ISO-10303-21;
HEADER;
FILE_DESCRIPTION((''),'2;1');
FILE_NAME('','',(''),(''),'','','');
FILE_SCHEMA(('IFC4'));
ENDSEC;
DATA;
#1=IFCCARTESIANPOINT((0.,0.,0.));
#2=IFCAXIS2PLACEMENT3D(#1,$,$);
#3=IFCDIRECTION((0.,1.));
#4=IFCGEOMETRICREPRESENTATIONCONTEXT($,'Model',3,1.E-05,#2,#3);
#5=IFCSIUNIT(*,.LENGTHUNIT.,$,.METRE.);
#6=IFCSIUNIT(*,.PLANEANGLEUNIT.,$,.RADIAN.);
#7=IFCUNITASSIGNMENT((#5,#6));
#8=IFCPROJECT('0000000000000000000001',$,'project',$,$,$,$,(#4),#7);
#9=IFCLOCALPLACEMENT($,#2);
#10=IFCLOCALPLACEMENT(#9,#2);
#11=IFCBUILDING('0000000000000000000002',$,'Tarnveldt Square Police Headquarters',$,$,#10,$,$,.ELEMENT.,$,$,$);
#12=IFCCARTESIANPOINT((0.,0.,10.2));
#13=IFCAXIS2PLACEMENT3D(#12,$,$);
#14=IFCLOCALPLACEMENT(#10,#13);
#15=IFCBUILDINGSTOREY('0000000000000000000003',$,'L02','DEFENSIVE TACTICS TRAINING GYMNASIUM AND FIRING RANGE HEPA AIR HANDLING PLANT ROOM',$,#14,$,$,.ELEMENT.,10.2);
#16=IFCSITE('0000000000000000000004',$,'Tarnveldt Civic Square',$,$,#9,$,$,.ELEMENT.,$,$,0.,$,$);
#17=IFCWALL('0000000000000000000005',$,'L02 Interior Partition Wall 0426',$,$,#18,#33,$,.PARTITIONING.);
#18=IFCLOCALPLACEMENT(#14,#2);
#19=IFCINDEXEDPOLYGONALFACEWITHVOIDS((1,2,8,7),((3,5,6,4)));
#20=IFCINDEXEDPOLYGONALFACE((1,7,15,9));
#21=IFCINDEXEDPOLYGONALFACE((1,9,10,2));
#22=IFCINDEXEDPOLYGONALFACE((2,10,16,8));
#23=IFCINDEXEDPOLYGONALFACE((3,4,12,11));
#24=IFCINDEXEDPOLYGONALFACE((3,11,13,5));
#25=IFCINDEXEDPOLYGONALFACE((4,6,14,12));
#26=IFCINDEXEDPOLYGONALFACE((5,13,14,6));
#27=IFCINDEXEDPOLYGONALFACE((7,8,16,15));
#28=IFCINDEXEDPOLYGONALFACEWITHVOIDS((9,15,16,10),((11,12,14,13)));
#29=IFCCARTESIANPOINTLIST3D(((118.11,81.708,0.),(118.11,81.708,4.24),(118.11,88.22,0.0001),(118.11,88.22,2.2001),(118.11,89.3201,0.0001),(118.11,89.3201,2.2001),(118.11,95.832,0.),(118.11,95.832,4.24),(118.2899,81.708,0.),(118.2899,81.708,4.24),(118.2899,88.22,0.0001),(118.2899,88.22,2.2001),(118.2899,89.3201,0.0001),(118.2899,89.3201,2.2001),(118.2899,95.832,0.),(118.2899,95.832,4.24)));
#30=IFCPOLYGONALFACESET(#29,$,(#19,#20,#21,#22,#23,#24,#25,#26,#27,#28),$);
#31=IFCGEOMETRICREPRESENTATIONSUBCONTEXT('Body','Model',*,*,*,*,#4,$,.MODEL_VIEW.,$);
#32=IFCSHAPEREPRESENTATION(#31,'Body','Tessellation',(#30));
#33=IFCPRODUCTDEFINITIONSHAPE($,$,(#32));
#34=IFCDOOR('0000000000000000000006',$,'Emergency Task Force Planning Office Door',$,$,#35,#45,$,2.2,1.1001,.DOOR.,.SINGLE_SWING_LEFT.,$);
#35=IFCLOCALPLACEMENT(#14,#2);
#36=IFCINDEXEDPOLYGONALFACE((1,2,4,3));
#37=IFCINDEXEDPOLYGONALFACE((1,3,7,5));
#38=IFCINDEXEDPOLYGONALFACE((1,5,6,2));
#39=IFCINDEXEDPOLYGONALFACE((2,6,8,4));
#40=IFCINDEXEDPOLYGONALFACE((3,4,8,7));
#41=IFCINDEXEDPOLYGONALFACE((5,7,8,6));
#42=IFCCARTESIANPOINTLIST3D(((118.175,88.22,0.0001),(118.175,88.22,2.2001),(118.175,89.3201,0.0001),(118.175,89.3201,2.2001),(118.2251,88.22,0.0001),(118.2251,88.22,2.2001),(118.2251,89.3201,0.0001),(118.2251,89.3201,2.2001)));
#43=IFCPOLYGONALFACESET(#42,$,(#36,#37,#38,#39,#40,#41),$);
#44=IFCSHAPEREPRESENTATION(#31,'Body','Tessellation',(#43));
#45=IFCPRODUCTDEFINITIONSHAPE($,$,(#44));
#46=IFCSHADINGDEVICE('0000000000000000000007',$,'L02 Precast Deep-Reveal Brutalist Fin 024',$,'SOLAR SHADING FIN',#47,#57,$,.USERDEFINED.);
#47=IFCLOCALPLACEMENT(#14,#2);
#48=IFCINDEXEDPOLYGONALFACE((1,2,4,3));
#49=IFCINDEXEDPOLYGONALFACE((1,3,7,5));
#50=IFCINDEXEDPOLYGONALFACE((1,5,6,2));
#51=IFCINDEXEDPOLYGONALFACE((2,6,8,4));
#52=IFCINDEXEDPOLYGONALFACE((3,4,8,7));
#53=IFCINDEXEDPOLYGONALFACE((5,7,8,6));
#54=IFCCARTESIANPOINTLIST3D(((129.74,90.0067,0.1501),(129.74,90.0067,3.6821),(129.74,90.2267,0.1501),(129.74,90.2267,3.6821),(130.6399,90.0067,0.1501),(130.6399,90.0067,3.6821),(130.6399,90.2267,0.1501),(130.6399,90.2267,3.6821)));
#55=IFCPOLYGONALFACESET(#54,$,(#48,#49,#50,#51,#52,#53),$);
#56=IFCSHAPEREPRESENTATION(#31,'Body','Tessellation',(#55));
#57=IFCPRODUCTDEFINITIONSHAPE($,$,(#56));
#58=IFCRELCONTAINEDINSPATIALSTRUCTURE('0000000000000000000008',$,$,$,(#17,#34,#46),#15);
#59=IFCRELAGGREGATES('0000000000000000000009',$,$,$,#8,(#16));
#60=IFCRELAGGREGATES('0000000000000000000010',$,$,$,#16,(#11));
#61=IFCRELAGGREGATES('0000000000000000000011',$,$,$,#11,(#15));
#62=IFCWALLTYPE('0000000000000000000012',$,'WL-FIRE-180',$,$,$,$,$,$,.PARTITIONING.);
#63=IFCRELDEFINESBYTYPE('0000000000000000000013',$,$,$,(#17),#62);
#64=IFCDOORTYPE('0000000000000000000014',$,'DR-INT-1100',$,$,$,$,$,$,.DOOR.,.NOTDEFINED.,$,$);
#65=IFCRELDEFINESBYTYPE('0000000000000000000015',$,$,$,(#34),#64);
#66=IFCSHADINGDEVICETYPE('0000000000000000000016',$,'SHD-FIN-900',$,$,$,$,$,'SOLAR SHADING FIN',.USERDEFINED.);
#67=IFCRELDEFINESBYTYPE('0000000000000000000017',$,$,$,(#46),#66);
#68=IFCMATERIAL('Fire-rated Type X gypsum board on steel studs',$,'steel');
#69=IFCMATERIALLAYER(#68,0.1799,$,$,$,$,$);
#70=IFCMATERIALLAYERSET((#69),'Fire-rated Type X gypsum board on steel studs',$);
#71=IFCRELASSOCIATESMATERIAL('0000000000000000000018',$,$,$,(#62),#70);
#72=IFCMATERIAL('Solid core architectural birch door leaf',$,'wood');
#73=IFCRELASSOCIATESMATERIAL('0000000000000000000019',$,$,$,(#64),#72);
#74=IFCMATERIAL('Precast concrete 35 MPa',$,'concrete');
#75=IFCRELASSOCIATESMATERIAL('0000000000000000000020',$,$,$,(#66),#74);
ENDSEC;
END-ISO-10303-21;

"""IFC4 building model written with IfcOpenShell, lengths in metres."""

from ifc_helpers import new_model, si_unit, direction, frame, frame_2d, origin, origin_2d, place, context, subcontext, project, spatial, rectangle, extrude, material, layer, layer_set, material_profile, profile_set, type_object, element, fill, save


model = new_model("IFC4")

# Units and contexts
model_context = context("Model", 3, precision=1e-05, world=origin(), true_north=direction((0.0, 1.0)))
body_context = subcontext(model_context, "Body", "Model", "MODEL_VIEW")
ifc_project = project(units=[si_unit("LENGTHUNIT", "METRE"), si_unit("PLANEANGLEUNIT", "RADIAN")], contexts=[model_context])

# Site, building, storey
site_placement = place(None, origin())
site = spatial("IfcSite", under=ifc_project, at=site_placement, Name="Tarnveldt Civic Square", CompositionType="ELEMENT", RefElevation=0.0)
building_placement = place(site_placement, origin())
building = spatial("IfcBuilding", under=site, at=building_placement, Name="Tarnveldt Square Police Headquarters", CompositionType="ELEMENT")
storey_placement = place(building_placement, frame((0.0, 0.0, 10.2)))
storey = spatial("IfcBuildingStorey", under=building, at=storey_placement, Name="L02", Description="DEFENSIVE TACTICS TRAINING GYMNASIUM AND FIRING RANGE HEPA AIR HANDLING PLANT ROOM", CompositionType="ELEMENT", Elevation=10.2)

# Shared definitions
ifc_material_1 = material(Name="Fire-rated Type X gypsum board on steel studs", Category="steel")

# Wall, opening, door
ifc_layer_1 = layer(ifc_material_1, 0.1799)
ifc_layer_set_1 = layer_set([ifc_layer_1], Name="Fire-rated Type X gypsum board on steel studs")
wall_type_1 = type_object("IfcWallType", Name="WL-FIRE-180", PredefinedType="PARTITIONING", material=ifc_layer_set_1)
wall_1_placement = place(storey_placement, frame((118.2, 81.708, 0.0), z_axis=(0.0, 0.0, 1.0), x_axis=(0.0, 1.0, 0.0)))
wall_1 = element("IfcWall", 1, at=wall_1_placement, inside=storey, type_object=wall_type_1, Name="L02 Interior Partition Wall 0426", PredefinedType="PARTITIONING", context=body_context, shape_type="SweptSolid", body=[
    extrude(rectangle(XDim=14.124, YDim=0.1799, at=frame_2d((7.062, 0.0))), origin(), (0.0, 0.0, 1.0), 4.24),
])
opening_1_placement = place(wall_1_placement, frame((6.512, 0.0, 0.0)))
opening_1 = element("IfcOpeningElement", 2, at=opening_1_placement, cuts=wall_1, PredefinedType="OPENING", context=body_context, shape_type="SweptSolid", body=[
    extrude(rectangle(XDim=1.1001, YDim=2.2, at=frame_2d((0.55, 1.1001))), frame((0.0, 0.0999, 0.0), z_axis=(0.0, -1.0, 0.0), x_axis=(1.0, 0.0, 0.0)), (0.0, 0.0, 1.0), 0.2),
])
ifc_material_2 = material(Name="Solid core architectural birch door leaf", Category="wood")
door_type = type_object("IfcDoorType", Name="DR-INT-1100", OperationType="NOTDEFINED", PredefinedType="DOOR", material=ifc_material_2)
door_placement = place(opening_1_placement, origin())
door = element("IfcDoor", 3, at=door_placement, inside=storey, type_object=door_type, Name="Emergency Task Force Planning Office Door", OperationType="SINGLE_SWING_LEFT", OverallHeight=2.2, OverallWidth=1.1001, PredefinedType="DOOR", context=body_context, shape_type="SweptSolid", body=[
    extrude(rectangle(XDim=1.1001, YDim=2.2, at=frame_2d((0.55, 1.1001))), frame((0.0, 0.0249, 0.0), z_axis=(0.0, -1.0, 0.0), x_axis=(1.0, 0.0, 0.0)), (0.0, 0.0, 1.0), 0.05),
])
fill(opening_1, door)

# Shading device
ifc_material_3 = material(Name="Precast concrete 35 MPa", Category="concrete")
ifc_material_profile_1 = material_profile(ifc_material_3, rectangle(XDim=0.22, YDim=0.8999, at=origin_2d()), Name="PC-FIN220x900")
ifc_profile_set_1 = profile_set([ifc_material_profile_1], Name="Precast concrete 35 MPa")
shading_device_type = type_object("IfcShadingDeviceType", Name="SHD-FIN-900", ElementType="SOLAR SHADING FIN", PredefinedType="USERDEFINED", material=ifc_profile_set_1)
shading_device_placement = place(storey_placement, frame((130.1899, 90.1167, 0.1501), z_axis=(0.0, 0.0, 1.0), x_axis=(0.0, 1.0, 0.0)))
element("IfcShadingDevice", 4, at=shading_device_placement, inside=storey, type_object=shading_device_type, Name="L02 Precast Deep-Reveal Brutalist Fin 024", ObjectType="SOLAR SHADING FIN", PredefinedType="USERDEFINED", context=body_context, shape_type="SweptSolid", body=[
    extrude(rectangle(XDim=0.22, YDim=0.8999, at=origin_2d()), origin(), (0.0, 0.0, 1.0), 3.532),
])

save(model, "model.ifc")
